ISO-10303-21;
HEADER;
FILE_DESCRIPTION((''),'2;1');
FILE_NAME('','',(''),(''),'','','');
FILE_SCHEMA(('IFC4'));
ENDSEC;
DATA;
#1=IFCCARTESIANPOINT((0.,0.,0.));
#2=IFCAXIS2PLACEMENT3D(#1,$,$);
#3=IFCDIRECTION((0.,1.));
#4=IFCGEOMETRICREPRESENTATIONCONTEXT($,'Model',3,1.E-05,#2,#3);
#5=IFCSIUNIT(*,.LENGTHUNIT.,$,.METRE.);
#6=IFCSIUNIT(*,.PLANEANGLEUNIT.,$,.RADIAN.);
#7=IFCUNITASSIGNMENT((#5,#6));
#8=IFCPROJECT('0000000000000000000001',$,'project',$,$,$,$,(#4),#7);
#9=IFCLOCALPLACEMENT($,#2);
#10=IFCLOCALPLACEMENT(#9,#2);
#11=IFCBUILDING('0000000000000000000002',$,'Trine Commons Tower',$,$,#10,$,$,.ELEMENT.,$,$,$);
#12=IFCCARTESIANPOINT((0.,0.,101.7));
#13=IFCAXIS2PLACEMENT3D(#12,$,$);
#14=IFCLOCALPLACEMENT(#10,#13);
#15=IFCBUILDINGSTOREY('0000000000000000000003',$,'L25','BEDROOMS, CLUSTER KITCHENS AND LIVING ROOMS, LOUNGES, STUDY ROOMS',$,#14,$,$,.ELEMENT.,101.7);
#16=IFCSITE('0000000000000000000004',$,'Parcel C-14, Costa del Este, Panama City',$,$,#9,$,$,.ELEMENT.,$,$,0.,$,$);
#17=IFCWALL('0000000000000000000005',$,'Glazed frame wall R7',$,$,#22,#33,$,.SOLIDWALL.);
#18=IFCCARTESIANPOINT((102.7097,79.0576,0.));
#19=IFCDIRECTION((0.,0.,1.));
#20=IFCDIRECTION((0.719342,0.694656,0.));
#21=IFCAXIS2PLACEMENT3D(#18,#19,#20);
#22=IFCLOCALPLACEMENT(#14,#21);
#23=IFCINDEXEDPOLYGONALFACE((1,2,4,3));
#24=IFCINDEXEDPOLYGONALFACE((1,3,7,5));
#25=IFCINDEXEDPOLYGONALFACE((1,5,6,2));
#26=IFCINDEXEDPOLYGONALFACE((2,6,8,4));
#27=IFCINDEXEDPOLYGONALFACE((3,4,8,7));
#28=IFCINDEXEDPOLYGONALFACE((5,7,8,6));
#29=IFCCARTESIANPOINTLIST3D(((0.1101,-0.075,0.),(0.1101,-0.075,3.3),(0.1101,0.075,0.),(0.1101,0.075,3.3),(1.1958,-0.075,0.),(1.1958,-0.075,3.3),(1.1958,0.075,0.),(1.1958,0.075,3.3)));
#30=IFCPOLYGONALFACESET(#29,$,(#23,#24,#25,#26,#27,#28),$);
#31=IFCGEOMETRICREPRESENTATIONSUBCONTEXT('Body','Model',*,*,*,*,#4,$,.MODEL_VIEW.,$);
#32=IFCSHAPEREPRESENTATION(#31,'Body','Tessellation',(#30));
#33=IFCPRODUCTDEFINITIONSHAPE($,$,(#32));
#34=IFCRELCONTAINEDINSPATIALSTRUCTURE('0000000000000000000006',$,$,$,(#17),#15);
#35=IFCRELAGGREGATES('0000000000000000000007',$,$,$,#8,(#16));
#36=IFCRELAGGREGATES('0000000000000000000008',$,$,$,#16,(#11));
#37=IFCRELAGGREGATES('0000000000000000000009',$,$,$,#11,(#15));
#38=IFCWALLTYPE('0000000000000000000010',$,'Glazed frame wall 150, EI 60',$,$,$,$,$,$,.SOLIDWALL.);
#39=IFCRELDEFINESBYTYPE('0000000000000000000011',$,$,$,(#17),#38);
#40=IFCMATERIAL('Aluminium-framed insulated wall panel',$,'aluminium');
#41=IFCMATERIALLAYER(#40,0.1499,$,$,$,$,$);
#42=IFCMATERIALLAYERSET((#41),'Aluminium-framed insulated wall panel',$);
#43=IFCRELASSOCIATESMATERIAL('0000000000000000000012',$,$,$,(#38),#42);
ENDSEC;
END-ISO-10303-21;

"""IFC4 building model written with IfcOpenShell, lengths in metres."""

from ifc_helpers import new_model, si_unit, direction, frame, origin, place, context, subcontext, project, spatial, polyline, outline, extrude, material, layer, layer_set, type_object, element, save


model = new_model("IFC4")

# Units and contexts
model_context = context("Model", 3, precision=1e-05, world=origin(), true_north=direction((0.0, 1.0)))
body_context = subcontext(model_context, "Body", "Model", "MODEL_VIEW")
ifc_project = project(units=[si_unit("LENGTHUNIT", "METRE"), si_unit("PLANEANGLEUNIT", "RADIAN")], contexts=[model_context])

# Site, building, storey
site_placement = place(None, origin())
site = spatial("IfcSite", under=ifc_project, at=site_placement, Name="Parcel C-14, Costa del Este, Panama City", CompositionType="ELEMENT", RefElevation=0.0)
building_placement = place(site_placement, origin())
building = spatial("IfcBuilding", under=site, at=building_placement, Name="Trine Commons Tower", CompositionType="ELEMENT")
storey_placement = place(building_placement, frame((0.0, 0.0, 101.7)))
storey = spatial("IfcBuildingStorey", under=building, at=storey_placement, Name="L25", Description="BEDROOMS, CLUSTER KITCHENS AND LIVING ROOMS, LOUNGES, STUDY ROOMS", CompositionType="ELEMENT", Elevation=101.7)

# Wall
ifc_material_1 = material(Name="Aluminium-framed insulated wall panel", Category="aluminium")
ifc_layer_1 = layer(ifc_material_1, 0.1499)
ifc_layer_set_1 = layer_set([ifc_layer_1], Name="Aluminium-framed insulated wall panel")
wall_type_1 = type_object("IfcWallType", Name="Glazed frame wall 150, EI 60", PredefinedType="SOLIDWALL", material=ifc_layer_set_1)
wall_1_placement = place(storey_placement, frame((102.7097, 79.0576, 0.0), z_axis=(0.0, 0.0, 1.0), x_axis=(0.719342, 0.694656, 0.0)))
element("IfcWall", 1, at=wall_1_placement, inside=storey, type_object=wall_type_1, Name="Glazed frame wall R7", PredefinedType="SOLIDWALL", context=body_context, shape_type="SweptSolid", body=[
    extrude(outline(polyline([(0.1101, 0.075), (0.1101, -0.075), (1.1958, -0.075), (1.1958, 0.075), (0.1101, 0.075)])), origin(), (0.0, 0.0, 1.0), 3.3),
])

save(model, "model.ifc")
